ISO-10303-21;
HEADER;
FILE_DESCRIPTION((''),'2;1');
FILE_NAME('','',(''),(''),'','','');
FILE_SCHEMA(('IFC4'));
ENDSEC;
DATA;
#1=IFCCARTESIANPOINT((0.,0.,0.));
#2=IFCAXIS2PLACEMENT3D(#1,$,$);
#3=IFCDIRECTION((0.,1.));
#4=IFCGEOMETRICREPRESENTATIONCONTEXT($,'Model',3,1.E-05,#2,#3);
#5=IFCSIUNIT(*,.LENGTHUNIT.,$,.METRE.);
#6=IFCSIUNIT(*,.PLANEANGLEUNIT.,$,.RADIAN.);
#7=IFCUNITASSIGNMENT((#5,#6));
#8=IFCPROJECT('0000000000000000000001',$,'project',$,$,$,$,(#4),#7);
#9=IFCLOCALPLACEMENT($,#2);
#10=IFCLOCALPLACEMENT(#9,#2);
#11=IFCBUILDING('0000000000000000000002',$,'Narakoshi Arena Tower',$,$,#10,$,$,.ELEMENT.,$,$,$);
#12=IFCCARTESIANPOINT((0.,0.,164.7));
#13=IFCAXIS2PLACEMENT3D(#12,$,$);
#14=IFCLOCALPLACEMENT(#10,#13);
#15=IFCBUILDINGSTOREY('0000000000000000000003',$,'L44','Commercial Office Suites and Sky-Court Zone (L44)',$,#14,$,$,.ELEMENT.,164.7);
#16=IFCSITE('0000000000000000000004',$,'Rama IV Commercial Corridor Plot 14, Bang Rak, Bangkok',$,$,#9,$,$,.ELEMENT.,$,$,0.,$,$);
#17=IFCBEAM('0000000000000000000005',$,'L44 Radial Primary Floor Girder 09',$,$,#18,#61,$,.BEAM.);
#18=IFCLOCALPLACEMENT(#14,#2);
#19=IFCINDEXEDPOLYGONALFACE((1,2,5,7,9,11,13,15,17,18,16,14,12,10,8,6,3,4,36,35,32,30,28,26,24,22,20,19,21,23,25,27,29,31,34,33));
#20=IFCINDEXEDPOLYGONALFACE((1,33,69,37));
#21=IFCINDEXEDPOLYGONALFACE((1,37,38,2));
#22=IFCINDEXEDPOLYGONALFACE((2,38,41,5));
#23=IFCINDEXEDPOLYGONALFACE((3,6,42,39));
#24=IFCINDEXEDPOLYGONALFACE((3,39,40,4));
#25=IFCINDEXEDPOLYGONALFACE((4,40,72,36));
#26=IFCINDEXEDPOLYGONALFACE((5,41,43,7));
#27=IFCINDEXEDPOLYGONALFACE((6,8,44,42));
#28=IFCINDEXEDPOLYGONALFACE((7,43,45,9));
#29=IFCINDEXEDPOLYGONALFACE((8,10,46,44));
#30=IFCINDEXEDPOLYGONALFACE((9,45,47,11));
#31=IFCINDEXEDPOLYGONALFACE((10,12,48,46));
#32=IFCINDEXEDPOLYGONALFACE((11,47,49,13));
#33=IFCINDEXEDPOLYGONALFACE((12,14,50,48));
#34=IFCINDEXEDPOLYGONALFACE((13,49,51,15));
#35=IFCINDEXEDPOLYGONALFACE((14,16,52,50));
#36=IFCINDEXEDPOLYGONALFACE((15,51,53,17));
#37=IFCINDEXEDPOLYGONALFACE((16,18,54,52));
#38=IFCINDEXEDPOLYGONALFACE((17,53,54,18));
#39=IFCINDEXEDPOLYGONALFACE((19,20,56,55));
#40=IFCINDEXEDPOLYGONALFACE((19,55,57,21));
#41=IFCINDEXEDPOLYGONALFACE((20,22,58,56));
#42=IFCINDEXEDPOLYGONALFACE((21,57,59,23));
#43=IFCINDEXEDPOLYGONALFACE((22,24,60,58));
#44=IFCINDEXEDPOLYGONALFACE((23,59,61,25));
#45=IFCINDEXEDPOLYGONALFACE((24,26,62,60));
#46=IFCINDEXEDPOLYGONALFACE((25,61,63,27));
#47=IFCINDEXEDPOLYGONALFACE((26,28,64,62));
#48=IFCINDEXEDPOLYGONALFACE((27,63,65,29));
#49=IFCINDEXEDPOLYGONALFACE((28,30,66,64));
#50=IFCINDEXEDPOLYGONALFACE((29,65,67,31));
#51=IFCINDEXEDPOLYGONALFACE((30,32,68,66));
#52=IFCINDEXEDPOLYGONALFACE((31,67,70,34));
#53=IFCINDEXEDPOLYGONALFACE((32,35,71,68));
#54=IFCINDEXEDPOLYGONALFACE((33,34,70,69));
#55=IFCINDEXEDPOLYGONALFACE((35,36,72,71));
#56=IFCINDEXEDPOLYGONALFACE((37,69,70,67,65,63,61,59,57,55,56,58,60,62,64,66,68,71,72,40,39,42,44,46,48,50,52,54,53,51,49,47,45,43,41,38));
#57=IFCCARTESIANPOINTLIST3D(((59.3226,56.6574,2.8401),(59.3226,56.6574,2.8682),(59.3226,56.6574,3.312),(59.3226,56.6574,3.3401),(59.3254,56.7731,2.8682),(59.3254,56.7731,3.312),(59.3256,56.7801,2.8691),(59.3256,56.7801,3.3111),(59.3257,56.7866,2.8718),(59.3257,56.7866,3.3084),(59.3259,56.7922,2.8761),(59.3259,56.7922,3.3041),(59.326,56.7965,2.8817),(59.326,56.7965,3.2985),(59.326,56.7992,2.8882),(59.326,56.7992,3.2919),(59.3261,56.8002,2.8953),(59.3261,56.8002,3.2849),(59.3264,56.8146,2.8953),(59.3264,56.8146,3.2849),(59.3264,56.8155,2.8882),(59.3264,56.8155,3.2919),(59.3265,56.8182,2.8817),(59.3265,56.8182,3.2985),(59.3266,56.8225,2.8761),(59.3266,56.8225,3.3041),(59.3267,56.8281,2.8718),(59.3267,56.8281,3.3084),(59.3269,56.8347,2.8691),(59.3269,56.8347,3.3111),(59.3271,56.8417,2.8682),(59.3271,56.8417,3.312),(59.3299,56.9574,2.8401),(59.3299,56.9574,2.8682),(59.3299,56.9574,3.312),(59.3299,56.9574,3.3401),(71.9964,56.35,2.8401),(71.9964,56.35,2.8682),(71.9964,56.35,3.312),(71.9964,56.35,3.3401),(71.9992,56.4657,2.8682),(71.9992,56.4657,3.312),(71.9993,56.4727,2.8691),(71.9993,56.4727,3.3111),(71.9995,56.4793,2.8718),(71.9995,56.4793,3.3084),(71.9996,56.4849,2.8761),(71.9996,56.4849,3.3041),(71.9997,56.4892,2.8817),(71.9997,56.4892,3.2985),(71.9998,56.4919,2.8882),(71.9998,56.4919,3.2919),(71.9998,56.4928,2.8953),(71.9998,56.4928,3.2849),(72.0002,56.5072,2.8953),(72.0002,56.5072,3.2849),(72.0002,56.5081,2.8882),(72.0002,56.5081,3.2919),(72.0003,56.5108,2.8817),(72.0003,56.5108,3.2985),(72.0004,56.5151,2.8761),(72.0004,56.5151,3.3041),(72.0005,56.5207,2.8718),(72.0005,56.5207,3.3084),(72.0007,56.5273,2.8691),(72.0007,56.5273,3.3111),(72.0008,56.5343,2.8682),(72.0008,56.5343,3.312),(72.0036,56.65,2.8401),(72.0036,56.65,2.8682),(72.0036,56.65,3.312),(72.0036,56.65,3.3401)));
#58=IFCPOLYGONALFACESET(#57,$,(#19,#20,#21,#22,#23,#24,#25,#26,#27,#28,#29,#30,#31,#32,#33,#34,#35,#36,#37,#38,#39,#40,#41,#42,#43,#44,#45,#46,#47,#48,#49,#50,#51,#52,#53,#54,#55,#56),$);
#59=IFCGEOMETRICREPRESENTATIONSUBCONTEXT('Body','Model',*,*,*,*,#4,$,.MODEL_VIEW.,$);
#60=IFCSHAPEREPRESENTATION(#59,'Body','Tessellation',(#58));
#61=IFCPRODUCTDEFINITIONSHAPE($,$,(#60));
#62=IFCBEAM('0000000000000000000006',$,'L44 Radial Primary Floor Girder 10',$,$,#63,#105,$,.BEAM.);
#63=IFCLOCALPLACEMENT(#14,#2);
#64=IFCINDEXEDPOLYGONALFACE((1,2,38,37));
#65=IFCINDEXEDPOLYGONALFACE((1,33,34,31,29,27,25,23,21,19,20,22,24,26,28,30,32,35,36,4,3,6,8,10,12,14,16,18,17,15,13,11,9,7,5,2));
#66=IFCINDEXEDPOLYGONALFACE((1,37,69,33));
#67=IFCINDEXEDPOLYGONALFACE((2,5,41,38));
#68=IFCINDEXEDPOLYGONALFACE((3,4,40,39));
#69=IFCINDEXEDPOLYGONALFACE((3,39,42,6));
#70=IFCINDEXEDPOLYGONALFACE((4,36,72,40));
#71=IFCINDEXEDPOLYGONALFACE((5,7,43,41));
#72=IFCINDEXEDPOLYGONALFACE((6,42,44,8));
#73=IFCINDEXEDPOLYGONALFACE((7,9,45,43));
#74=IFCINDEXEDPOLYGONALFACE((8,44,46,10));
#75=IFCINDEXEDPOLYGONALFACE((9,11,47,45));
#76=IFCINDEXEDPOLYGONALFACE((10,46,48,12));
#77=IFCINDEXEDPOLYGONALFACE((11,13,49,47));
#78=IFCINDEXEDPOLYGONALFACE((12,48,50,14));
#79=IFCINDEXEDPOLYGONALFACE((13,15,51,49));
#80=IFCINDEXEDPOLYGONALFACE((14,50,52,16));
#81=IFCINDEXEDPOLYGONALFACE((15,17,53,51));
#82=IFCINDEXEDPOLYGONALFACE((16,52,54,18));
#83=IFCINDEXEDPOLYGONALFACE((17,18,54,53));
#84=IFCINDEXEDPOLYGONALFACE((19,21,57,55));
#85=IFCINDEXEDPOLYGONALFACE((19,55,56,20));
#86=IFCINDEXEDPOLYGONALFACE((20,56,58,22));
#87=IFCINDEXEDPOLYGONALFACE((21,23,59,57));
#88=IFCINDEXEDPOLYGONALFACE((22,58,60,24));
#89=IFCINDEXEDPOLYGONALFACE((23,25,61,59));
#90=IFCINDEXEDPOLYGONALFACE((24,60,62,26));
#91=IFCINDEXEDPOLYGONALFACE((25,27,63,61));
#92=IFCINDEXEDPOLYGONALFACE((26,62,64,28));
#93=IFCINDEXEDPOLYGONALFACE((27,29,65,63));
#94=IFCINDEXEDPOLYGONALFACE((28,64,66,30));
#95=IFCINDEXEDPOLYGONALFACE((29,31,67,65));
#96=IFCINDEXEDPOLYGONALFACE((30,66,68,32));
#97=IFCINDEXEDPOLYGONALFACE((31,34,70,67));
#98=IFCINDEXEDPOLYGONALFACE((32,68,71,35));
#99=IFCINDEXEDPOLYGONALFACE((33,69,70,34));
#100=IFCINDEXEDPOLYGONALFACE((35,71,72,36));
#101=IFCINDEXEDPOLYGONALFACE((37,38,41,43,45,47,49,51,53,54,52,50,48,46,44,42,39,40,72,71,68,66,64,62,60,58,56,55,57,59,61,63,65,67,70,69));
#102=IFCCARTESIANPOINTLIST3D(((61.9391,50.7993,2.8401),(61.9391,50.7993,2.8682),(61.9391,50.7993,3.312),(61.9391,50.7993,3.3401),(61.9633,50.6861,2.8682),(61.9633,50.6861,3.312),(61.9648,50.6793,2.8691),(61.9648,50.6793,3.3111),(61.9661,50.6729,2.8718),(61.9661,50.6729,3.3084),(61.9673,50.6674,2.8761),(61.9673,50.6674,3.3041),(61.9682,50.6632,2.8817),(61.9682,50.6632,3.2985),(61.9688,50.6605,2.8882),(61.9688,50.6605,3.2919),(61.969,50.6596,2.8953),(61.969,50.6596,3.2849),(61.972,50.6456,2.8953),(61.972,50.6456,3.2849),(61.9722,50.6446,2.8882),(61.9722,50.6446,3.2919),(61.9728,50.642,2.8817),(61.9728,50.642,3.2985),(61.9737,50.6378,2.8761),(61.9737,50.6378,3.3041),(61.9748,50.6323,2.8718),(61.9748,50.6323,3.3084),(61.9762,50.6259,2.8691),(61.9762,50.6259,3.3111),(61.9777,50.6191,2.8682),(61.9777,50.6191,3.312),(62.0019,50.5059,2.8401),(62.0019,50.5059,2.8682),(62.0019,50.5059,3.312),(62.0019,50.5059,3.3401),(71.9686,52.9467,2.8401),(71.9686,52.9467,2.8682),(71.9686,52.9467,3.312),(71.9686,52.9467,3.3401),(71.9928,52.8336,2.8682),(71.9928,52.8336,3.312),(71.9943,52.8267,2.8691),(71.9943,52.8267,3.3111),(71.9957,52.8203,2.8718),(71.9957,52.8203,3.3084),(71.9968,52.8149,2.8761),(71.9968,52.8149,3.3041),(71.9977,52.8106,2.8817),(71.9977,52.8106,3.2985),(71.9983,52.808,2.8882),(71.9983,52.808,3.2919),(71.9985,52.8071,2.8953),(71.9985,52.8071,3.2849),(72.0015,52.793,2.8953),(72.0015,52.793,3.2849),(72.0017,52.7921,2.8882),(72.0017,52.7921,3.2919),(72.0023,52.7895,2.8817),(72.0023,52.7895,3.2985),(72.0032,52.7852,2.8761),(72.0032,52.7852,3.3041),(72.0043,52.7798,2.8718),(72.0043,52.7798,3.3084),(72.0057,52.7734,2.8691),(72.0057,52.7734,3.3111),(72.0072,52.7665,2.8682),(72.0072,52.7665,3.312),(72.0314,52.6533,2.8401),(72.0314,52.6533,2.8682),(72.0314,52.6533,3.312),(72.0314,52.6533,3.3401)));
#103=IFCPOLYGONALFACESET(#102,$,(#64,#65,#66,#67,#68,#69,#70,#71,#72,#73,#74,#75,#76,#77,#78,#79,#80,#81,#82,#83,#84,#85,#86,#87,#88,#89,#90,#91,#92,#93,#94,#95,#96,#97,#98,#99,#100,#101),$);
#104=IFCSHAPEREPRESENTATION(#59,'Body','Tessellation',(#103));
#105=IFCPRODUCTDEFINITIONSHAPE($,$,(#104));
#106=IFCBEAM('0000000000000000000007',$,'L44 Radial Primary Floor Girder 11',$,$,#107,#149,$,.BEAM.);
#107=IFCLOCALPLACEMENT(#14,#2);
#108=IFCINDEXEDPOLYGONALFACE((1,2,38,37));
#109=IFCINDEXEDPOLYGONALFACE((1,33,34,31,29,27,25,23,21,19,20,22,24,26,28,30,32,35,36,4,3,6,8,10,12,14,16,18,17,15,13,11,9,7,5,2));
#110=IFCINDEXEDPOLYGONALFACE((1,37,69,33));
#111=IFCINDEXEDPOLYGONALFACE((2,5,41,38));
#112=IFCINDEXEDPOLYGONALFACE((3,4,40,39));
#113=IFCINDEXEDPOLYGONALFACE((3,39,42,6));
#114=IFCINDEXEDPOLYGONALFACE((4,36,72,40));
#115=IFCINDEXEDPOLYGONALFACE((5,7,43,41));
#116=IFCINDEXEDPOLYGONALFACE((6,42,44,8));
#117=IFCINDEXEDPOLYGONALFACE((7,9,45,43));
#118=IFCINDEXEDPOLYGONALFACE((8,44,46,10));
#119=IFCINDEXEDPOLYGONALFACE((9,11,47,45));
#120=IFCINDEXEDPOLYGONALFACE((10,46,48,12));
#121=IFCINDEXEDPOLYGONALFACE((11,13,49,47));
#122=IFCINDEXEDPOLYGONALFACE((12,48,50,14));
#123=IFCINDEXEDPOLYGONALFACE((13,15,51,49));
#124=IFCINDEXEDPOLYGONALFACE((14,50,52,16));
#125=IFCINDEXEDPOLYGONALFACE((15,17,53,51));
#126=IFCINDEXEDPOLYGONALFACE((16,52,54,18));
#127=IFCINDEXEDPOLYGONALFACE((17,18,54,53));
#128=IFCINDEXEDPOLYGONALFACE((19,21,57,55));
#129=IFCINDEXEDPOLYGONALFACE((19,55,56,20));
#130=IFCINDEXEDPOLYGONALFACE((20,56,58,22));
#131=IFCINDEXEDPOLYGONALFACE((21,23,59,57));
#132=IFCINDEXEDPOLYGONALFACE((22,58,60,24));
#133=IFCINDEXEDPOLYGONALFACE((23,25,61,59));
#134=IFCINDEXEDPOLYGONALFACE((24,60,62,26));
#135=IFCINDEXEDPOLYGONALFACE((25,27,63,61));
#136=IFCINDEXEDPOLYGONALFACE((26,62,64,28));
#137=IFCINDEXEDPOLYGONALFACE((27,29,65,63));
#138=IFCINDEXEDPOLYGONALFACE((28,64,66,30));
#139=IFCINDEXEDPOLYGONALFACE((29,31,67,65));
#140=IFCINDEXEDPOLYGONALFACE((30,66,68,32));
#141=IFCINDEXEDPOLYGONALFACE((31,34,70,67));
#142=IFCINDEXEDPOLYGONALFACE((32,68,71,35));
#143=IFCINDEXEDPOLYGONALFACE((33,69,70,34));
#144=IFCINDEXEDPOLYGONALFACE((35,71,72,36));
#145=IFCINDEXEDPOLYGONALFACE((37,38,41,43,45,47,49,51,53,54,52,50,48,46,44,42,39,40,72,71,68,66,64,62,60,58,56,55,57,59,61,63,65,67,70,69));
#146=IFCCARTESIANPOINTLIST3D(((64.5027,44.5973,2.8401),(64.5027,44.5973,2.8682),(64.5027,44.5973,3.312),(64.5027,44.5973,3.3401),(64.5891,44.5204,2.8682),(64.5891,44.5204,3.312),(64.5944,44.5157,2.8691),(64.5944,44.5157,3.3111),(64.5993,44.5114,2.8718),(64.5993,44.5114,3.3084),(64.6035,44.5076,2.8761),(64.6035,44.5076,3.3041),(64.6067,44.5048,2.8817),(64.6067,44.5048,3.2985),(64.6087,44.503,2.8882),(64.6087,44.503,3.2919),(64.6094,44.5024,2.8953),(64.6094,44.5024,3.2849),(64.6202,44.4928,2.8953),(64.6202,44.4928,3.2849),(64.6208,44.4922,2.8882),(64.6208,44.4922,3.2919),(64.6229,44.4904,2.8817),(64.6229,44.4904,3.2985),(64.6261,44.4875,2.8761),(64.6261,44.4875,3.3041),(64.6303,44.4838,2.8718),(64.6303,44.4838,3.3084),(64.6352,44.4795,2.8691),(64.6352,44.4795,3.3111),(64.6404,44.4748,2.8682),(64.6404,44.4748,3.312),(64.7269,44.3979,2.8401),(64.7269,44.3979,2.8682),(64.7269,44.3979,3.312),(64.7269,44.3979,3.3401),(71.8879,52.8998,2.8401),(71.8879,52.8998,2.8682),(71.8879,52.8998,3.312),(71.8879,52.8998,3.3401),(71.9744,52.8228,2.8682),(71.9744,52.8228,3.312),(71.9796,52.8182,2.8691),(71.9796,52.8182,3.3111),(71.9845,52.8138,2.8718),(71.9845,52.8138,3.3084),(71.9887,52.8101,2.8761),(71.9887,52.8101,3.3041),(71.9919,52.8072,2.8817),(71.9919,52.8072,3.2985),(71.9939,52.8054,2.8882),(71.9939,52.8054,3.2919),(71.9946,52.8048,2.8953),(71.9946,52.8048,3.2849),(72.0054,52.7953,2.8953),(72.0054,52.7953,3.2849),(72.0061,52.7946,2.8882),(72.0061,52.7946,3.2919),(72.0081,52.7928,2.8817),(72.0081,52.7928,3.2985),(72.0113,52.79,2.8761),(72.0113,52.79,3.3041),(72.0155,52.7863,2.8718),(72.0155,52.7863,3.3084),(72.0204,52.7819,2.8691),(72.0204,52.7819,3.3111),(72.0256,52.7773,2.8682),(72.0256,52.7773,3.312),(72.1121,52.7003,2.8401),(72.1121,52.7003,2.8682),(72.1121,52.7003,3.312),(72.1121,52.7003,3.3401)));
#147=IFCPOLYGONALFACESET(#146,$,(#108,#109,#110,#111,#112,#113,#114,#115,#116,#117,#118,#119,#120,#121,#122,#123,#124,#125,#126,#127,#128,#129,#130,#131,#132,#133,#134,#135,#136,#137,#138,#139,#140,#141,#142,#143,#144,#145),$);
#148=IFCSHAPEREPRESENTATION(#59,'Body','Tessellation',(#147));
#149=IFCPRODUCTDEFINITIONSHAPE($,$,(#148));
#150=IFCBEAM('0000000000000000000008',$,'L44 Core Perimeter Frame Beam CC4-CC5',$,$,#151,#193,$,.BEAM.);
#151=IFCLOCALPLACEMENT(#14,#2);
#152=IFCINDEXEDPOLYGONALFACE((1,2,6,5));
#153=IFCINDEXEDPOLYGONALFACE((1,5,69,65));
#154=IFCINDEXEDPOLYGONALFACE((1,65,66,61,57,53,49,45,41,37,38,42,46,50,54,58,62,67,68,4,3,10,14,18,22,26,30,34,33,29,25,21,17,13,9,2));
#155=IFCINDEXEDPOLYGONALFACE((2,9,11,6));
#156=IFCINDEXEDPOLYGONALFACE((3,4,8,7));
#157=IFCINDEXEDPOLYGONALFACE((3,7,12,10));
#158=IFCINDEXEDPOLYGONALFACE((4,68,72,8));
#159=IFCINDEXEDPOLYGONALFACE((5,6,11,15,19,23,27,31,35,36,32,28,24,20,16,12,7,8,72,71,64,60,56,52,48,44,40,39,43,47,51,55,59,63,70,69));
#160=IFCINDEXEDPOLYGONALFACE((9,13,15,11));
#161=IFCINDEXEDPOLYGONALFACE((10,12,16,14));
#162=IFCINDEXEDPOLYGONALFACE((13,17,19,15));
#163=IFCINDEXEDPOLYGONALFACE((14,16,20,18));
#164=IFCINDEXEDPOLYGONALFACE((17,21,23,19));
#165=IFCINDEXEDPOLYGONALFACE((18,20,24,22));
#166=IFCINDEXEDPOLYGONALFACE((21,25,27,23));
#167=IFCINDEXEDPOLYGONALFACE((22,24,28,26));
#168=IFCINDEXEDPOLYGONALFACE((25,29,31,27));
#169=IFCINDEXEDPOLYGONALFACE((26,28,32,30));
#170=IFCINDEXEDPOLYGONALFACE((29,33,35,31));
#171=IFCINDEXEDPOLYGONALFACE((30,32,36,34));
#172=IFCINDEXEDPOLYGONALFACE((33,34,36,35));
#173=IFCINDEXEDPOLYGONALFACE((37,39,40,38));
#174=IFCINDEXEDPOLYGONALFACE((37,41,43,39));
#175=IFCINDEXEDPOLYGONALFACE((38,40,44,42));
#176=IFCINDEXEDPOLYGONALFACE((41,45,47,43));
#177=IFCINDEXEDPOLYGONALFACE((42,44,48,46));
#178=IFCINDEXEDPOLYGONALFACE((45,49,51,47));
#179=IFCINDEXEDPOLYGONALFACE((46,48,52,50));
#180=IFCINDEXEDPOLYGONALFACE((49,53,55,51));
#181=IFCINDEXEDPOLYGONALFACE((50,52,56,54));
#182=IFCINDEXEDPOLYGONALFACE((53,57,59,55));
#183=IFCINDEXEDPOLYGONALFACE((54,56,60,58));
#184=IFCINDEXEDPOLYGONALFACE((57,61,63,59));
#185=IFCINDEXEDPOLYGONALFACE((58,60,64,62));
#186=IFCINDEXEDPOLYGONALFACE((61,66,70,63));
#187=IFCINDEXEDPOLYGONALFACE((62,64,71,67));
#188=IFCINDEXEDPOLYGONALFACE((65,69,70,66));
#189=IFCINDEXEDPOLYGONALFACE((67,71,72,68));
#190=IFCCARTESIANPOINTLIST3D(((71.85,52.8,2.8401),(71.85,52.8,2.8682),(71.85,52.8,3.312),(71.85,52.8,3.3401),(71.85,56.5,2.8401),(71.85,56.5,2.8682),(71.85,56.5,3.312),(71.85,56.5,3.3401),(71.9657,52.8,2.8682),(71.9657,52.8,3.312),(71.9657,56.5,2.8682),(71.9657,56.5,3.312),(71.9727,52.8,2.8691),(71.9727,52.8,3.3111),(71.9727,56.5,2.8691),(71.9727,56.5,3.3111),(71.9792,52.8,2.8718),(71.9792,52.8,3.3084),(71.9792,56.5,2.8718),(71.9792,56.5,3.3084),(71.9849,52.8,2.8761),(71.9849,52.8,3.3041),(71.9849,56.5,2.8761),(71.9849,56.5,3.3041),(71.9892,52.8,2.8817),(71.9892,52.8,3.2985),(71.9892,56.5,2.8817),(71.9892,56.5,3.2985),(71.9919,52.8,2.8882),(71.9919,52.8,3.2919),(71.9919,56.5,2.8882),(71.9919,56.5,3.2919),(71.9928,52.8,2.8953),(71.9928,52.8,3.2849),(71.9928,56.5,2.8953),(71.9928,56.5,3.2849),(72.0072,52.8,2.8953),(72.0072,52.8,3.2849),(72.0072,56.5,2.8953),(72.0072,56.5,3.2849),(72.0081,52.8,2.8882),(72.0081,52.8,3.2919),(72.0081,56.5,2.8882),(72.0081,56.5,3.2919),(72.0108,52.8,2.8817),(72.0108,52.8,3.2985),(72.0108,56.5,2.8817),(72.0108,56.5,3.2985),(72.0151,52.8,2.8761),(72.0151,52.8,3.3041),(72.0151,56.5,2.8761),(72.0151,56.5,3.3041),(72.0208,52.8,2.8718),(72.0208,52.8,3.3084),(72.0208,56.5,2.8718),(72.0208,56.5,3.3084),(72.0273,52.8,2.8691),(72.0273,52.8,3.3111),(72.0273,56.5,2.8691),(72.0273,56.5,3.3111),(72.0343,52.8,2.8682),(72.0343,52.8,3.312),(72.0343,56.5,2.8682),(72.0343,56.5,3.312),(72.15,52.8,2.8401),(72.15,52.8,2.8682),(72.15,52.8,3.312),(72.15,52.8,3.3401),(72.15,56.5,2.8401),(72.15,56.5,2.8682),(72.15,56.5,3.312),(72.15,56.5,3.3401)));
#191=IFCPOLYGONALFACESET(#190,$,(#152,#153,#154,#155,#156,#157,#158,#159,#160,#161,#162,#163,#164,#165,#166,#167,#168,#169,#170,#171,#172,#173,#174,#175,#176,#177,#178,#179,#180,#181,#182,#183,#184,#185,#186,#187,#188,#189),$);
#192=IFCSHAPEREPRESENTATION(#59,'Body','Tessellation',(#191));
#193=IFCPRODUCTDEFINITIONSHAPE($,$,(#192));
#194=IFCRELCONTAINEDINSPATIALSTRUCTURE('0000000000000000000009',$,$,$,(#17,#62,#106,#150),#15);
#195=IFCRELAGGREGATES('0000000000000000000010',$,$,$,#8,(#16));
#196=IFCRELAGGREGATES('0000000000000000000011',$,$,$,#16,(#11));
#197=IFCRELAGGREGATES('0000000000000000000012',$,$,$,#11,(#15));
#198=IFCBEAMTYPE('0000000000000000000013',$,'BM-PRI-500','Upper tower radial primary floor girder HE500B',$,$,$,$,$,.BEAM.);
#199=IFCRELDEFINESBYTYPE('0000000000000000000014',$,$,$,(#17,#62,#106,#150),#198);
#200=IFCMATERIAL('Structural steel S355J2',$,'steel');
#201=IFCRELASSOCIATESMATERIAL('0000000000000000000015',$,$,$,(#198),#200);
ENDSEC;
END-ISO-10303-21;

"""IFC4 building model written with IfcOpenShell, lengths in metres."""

from ifc_helpers import new_model, si_unit, direction, frame, origin, origin_2d, place, context, subcontext, project, spatial, i_section, extrude, material, material_profile, profile_set, type_object, element, save


model = new_model("IFC4")

# Units and contexts
model_context = context("Model", 3, precision=1e-05, world=origin(), true_north=direction((0.0, 1.0)))
body_context = subcontext(model_context, "Body", "Model", "MODEL_VIEW")
ifc_project = project(units=[si_unit("LENGTHUNIT", "METRE"), si_unit("PLANEANGLEUNIT", "RADIAN")], contexts=[model_context])

# Site, building, storey
site_placement = place(None, origin())
site = spatial("IfcSite", under=ifc_project, at=site_placement, Name="Rama IV Commercial Corridor Plot 14, Bang Rak, Bangkok", CompositionType="ELEMENT", RefElevation=0.0)
building_placement = place(site_placement, origin())
building = spatial("IfcBuilding", under=site, at=building_placement, Name="Narakoshi Arena Tower", CompositionType="ELEMENT")
storey_placement = place(building_placement, frame((0.0, 0.0, 164.7)))
storey = spatial("IfcBuildingStorey", under=building, at=storey_placement, Name="L44", Description="Commercial Office Suites and Sky-Court Zone (L44)", CompositionType="ELEMENT", Elevation=164.7)

# Beams
ifc_material_1 = material(Name="Structural steel S355J2", Category="steel")
ifc_material_profile_1 = material_profile(ifc_material_1, i_section(OverallWidth=0.3, OverallDepth=0.5, WebThickness=0.0144, FlangeThickness=0.0281, FilletRadius=0.0271, at=origin_2d()), Name="HE500B")
ifc_profile_set_1 = profile_set([ifc_material_profile_1], Name="Structural steel S355J2")
beam_type = type_object("IfcBeamType", Name="BM-PRI-500", Description="Upper tower radial primary floor girder HE500B", PredefinedType="BEAM", material=ifc_profile_set_1)
beam_1_placement = place(storey_placement, frame((72.0, 56.5, 3.0901), z_axis=(-0.999706, 0.024245, 0.0), x_axis=(-0.024245, -0.999706, 0.0)))
element("IfcBeam", 1, at=beam_1_placement, inside=storey, type_object=beam_type, Name="L44 Radial Primary Floor Girder 09", PredefinedType="BEAM", context=body_context, shape_type="SweptSolid", body=[
    extrude(i_section(OverallWidth=0.3, OverallDepth=0.5, WebThickness=0.0144, FlangeThickness=0.0281, FilletRadius=0.0271, at=origin_2d()), origin(), (0.0, 0.0, 1.0), 12.6775),
])
beam_2_placement = place(storey_placement, frame((72.0, 52.8, 3.0901), z_axis=(-0.977837, -0.209368, 0.0), x_axis=(0.209368, -0.977837, 0.0)))
element("IfcBeam", 2, at=beam_2_placement, inside=storey, type_object=beam_type, Name="L44 Radial Primary Floor Girder 10", PredefinedType="BEAM", context=body_context, shape_type="SweptSolid", body=[
    extrude(i_section(OverallWidth=0.3, OverallDepth=0.5, WebThickness=0.0144, FlangeThickness=0.0281, FilletRadius=0.0271, at=origin_2d()), origin(), (0.0, 0.0, 1.0), 10.2568),
])
beam_3_placement = place(storey_placement, frame((72.0, 52.8, 3.0901), z_axis=(-0.664628, -0.747174, 0.0), x_axis=(0.747174, -0.664628, 0.0)))
element("IfcBeam", 3, at=beam_3_placement, inside=storey, type_object=beam_type, Name="L44 Radial Primary Floor Girder 11", PredefinedType="BEAM", context=body_context, shape_type="SweptSolid", body=[
    extrude(i_section(OverallWidth=0.3, OverallDepth=0.5, WebThickness=0.0144, FlangeThickness=0.0281, FilletRadius=0.0271, at=origin_2d()), origin(), (0.0, 0.0, 1.0), 11.1118),
])
beam_4_placement = place(storey_placement, frame((72.0, 52.8, 3.0901), z_axis=(0.0, 1.0, 0.0), x_axis=(-1.0, 0.0, 0.0)))
element("IfcBeam", 4, at=beam_4_placement, inside=storey, type_object=beam_type, Name="L44 Core Perimeter Frame Beam CC4-CC5", PredefinedType="BEAM", context=body_context, shape_type="SweptSolid", body=[
    extrude(i_section(OverallWidth=0.3, OverallDepth=0.5, WebThickness=0.0144, FlangeThickness=0.0281, FilletRadius=0.0271, at=origin_2d()), origin(), (0.0, 0.0, 1.0), 3.7),
])

save(model, "model.ifc")
